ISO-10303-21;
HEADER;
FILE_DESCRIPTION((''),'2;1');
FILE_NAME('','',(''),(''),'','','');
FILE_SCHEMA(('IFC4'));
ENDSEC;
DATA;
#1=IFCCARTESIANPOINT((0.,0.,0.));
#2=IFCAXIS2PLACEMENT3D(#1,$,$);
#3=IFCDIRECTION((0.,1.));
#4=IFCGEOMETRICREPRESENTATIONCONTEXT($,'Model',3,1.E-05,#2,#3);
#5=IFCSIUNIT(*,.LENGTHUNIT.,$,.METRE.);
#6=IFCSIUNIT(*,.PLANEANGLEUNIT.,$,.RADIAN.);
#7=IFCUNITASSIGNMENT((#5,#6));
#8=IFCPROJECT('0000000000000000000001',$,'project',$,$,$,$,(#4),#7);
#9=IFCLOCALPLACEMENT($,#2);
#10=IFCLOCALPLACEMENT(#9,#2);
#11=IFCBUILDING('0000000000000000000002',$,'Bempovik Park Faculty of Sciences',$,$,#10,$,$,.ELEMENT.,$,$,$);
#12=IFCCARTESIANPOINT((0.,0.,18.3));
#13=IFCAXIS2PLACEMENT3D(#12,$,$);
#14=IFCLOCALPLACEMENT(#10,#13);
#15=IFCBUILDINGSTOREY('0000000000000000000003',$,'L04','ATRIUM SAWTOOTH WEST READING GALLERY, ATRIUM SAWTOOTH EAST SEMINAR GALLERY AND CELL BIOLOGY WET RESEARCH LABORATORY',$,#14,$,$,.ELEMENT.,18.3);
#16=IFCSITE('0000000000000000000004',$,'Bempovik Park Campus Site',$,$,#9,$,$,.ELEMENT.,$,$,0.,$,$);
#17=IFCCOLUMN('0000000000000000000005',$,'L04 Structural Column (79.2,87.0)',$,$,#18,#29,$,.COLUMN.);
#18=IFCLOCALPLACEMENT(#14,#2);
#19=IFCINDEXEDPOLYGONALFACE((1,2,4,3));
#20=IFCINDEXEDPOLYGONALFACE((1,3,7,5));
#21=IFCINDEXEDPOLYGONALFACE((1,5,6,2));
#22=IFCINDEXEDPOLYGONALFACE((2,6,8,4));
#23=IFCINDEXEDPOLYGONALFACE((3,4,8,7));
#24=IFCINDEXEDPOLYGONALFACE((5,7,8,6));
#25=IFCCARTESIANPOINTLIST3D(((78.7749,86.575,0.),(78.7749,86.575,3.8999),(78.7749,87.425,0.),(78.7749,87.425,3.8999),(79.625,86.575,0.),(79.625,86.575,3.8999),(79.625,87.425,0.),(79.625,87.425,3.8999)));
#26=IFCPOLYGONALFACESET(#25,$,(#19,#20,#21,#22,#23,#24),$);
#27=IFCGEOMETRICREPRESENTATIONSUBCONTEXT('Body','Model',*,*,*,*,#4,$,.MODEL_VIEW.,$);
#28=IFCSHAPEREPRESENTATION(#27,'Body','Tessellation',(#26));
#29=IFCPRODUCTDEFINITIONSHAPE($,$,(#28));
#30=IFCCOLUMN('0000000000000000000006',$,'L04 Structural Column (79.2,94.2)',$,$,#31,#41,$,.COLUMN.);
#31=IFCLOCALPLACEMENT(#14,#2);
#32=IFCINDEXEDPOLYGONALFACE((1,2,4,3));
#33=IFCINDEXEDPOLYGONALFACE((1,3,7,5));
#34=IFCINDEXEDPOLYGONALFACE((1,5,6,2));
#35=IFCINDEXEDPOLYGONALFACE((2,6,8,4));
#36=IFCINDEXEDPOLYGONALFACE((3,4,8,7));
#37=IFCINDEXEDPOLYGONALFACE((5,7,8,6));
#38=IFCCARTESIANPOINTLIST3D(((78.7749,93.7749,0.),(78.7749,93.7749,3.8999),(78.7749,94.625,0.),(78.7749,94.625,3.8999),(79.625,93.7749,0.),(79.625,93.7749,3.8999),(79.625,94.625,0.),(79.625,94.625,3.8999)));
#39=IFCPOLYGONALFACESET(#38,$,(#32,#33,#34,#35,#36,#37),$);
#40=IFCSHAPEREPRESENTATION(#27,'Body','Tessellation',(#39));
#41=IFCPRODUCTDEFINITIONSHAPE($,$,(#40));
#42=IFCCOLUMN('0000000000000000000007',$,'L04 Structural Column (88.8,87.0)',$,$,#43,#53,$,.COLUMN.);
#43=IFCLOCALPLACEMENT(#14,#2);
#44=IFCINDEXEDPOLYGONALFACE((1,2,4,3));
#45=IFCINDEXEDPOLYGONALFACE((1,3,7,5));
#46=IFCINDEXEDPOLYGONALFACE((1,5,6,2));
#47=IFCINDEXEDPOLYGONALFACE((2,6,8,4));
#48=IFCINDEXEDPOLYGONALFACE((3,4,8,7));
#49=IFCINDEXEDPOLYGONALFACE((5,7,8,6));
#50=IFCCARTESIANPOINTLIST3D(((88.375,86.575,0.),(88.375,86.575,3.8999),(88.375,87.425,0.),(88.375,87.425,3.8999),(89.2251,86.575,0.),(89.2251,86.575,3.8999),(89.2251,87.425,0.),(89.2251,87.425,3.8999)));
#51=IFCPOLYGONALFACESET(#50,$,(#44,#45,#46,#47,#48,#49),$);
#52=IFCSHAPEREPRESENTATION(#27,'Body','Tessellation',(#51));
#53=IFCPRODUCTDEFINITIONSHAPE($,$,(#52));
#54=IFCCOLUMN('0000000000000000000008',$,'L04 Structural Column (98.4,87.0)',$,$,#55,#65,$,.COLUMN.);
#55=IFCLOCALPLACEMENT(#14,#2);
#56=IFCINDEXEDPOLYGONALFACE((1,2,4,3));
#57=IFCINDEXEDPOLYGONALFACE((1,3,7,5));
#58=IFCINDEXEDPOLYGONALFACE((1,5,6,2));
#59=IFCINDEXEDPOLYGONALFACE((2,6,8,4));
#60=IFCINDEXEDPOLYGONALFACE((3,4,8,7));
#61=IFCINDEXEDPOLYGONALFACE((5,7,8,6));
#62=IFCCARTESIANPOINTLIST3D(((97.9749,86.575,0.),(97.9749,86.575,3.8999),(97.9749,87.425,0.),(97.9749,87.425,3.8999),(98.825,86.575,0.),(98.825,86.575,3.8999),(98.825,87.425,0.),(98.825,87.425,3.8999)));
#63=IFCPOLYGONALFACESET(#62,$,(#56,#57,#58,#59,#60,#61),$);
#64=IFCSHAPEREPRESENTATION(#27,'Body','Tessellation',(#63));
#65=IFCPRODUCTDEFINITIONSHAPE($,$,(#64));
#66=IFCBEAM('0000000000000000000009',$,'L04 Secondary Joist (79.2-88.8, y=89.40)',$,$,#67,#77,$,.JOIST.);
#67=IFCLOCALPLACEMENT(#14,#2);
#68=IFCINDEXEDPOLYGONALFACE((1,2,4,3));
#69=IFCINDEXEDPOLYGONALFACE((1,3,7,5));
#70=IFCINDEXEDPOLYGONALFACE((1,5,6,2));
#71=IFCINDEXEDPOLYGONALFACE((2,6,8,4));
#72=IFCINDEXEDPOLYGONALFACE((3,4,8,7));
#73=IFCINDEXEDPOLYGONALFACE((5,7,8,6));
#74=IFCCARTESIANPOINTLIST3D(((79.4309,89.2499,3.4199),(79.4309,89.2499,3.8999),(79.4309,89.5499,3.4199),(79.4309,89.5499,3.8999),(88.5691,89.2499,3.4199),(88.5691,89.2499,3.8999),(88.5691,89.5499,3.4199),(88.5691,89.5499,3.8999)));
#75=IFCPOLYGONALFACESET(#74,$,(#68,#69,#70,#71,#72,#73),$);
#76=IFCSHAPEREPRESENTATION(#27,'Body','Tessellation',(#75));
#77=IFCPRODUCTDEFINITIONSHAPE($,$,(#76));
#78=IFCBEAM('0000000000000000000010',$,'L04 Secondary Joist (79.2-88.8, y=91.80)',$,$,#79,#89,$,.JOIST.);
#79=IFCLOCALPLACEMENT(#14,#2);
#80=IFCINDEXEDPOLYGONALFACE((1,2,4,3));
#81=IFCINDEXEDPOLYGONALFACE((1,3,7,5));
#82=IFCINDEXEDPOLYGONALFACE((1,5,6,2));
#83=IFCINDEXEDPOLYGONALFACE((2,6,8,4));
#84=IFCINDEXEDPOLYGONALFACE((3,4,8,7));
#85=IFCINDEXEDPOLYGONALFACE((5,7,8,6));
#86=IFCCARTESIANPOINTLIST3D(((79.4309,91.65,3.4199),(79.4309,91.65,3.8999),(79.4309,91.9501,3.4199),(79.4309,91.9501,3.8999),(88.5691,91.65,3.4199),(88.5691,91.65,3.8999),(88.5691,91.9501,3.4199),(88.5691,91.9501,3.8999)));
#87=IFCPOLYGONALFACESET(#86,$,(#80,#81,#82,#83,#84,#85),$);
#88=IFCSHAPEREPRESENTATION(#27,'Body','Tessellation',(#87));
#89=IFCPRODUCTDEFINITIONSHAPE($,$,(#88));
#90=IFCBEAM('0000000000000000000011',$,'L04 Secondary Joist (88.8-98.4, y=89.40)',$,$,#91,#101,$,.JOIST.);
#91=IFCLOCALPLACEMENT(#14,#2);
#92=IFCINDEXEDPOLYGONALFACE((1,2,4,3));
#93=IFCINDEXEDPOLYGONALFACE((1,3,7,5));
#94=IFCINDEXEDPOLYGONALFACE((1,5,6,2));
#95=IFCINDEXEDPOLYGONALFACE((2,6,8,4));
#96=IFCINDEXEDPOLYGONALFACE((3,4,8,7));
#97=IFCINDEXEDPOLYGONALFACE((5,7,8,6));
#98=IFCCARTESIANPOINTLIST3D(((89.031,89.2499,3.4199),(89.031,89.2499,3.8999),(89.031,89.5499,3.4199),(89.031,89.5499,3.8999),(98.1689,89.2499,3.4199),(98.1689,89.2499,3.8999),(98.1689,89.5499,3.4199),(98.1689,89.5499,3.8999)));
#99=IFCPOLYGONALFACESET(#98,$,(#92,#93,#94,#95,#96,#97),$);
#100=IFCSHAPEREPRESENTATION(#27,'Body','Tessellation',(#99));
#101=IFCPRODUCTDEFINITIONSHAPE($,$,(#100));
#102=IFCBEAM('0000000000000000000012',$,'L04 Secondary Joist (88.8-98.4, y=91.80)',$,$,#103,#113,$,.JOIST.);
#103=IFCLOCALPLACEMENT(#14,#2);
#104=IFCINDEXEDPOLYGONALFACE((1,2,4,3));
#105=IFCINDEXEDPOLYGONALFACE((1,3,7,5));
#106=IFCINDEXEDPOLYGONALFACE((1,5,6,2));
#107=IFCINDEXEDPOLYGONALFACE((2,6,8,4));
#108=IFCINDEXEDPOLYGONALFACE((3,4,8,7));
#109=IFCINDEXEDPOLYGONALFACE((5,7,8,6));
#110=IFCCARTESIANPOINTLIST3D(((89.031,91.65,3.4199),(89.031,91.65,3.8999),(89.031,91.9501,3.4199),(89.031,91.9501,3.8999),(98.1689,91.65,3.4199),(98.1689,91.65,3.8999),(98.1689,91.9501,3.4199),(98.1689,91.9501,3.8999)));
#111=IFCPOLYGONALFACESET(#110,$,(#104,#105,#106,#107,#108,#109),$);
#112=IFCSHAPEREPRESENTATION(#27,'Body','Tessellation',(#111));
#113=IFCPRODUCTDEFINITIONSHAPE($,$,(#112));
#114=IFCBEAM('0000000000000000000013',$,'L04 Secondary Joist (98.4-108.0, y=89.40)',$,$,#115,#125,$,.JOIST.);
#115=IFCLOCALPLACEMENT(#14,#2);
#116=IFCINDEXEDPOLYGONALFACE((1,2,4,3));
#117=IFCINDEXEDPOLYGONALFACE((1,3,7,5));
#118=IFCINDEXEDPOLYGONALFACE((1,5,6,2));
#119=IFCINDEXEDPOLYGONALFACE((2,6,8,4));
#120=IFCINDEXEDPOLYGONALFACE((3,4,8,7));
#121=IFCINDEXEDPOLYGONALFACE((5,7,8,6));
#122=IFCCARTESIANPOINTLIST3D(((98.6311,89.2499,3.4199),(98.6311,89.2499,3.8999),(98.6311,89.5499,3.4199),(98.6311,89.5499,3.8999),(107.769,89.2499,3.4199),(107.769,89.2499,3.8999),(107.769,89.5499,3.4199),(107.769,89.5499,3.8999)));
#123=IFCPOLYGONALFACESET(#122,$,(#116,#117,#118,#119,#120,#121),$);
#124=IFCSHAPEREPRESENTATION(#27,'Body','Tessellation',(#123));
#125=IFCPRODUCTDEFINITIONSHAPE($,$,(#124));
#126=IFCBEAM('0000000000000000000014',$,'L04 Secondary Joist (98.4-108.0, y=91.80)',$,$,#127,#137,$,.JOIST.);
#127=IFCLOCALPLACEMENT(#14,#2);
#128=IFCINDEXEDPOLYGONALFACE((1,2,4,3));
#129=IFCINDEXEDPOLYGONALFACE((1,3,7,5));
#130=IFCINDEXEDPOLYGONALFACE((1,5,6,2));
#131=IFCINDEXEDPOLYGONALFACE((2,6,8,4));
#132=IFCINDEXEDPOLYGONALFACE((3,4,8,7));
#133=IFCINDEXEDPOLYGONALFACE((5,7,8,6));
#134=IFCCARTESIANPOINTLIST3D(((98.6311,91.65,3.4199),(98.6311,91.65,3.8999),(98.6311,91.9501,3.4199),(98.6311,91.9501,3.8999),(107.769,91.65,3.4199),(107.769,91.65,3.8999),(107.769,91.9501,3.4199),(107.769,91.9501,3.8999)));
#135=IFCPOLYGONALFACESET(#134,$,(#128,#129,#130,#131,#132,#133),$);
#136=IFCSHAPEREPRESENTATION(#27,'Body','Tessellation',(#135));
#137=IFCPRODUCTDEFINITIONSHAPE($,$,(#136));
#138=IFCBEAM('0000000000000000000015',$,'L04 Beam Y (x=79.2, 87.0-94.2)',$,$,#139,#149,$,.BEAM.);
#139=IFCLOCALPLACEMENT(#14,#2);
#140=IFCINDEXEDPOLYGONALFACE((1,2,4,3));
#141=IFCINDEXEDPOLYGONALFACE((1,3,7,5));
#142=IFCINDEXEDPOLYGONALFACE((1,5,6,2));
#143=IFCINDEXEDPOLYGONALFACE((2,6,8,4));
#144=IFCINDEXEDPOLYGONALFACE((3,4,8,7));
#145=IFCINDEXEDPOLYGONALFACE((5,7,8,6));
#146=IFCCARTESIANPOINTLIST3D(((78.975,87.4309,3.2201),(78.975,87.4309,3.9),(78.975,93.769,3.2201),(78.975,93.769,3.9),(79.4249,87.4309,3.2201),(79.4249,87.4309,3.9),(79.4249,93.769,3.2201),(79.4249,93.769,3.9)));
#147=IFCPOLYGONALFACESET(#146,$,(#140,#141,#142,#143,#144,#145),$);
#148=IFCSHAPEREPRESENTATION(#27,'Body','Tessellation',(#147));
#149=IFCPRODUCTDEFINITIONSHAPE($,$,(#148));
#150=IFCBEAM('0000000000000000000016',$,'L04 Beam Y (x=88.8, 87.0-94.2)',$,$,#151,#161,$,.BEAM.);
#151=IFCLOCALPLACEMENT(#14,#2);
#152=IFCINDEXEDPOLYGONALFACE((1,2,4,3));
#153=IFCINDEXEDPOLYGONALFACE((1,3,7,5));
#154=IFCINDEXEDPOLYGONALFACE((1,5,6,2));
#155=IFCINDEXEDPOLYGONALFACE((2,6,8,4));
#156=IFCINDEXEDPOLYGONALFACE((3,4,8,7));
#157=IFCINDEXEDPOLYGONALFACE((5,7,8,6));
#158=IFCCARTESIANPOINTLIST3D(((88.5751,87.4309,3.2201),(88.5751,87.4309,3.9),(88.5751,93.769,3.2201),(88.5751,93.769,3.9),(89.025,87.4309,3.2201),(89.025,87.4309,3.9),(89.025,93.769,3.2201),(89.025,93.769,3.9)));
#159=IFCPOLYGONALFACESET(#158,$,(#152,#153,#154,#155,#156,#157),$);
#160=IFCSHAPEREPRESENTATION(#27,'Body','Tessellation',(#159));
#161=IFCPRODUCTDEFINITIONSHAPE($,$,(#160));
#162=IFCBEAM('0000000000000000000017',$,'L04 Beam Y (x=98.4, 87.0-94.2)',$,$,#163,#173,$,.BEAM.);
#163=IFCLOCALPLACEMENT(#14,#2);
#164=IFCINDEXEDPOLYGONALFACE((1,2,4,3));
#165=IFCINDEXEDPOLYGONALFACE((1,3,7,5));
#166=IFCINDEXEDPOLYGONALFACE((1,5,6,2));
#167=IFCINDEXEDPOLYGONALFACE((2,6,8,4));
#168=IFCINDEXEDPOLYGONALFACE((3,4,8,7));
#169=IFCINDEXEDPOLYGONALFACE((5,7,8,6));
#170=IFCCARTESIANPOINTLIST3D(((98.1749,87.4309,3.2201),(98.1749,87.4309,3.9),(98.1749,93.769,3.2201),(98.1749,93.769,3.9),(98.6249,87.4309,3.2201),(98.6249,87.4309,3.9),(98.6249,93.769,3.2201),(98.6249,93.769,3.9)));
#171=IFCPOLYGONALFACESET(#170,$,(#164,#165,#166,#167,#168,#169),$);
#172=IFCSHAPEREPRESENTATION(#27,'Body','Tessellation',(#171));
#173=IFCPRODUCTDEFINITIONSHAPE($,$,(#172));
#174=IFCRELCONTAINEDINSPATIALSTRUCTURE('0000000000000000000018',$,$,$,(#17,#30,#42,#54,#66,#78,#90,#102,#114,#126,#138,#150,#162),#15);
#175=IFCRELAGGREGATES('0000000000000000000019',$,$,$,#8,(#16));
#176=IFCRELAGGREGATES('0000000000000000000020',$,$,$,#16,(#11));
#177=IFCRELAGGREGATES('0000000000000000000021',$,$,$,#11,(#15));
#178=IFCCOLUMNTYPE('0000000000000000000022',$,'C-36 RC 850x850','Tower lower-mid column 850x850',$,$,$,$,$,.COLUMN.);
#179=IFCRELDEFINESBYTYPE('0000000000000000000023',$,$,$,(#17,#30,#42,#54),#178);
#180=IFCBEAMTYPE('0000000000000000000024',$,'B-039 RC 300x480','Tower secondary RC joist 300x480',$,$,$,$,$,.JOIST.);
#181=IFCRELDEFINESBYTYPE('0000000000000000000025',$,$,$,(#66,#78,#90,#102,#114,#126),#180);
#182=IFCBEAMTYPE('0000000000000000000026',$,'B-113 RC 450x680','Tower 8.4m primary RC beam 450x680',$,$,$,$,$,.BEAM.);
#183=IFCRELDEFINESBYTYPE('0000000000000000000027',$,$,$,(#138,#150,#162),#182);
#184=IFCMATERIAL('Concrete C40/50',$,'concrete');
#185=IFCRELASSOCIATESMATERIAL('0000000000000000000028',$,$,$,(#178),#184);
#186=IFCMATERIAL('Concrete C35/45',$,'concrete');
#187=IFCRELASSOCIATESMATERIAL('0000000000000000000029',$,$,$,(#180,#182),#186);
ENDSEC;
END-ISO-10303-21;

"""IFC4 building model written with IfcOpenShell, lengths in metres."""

from ifc_helpers import new_model, si_unit, direction, frame, origin, origin_2d, place, context, subcontext, project, spatial, rectangle, extrude, material, material_profile, profile_set, type_object, element, save


model = new_model("IFC4")

# Units and contexts
model_context = context("Model", 3, precision=1e-05, world=origin(), true_north=direction((0.0, 1.0)))
body_context = subcontext(model_context, "Body", "Model", "MODEL_VIEW")
ifc_project = project(units=[si_unit("LENGTHUNIT", "METRE"), si_unit("PLANEANGLEUNIT", "RADIAN")], contexts=[model_context])

# Site, building, storey
site_placement = place(None, origin())
site = spatial("IfcSite", under=ifc_project, at=site_placement, Name="Bempovik Park Campus Site", CompositionType="ELEMENT", RefElevation=0.0)
building_placement = place(site_placement, origin())
building = spatial("IfcBuilding", under=site, at=building_placement, Name="Bempovik Park Faculty of Sciences", CompositionType="ELEMENT")
storey_placement = place(building_placement, frame((0.0, 0.0, 18.3)))
storey = spatial("IfcBuildingStorey", under=building, at=storey_placement, Name="L04", Description="ATRIUM SAWTOOTH WEST READING GALLERY, ATRIUM SAWTOOTH EAST SEMINAR GALLERY AND CELL BIOLOGY WET RESEARCH LABORATORY", CompositionType="ELEMENT", Elevation=18.3)

# Columns
ifc_material_1 = material(Name="Concrete C40/50", Category="concrete")
ifc_material_profile_1 = material_profile(ifc_material_1, rectangle(XDim=0.8501, YDim=0.8501, at=origin_2d()), Name="RC 850x850")
ifc_profile_set_1 = profile_set([ifc_material_profile_1], Name="Concrete C40/50")
column_type = type_object("IfcColumnType", Name="C-36 RC 850x850", Description="Tower lower-mid column 850x850", PredefinedType="COLUMN", material=ifc_profile_set_1)
for number, where, z_axis, x_axis, name in (
    (1, (79.2, 87.0, 0.0), (0.0, 0.0, 1.0), (1.0, 0.0, 0.0), "L04 Structural Column (79.2,87.0)"),
    (2, (79.2, 94.2, 0.0), (0.0, 0.0, 1.0), (1.0, 0.0, 0.0), "L04 Structural Column (79.2,94.2)"),
    (3, (88.8, 87.0, 0.0), (0.0, 0.0, 1.0), (1.0, 0.0, 0.0), "L04 Structural Column (88.8,87.0)"),
    (4, (98.3999, 87.0, 0.0), (0.0, 0.0, 1.0), (1.0, 0.0, 0.0), "L04 Structural Column (98.4,87.0)"),
):
    element("IfcColumn", number, at=place(storey_placement, frame(where, z_axis=z_axis, x_axis=x_axis)), inside=storey, type_object=column_type, Name=name, PredefinedType="COLUMN", context=body_context, shape_type="SweptSolid", body=[
        extrude(rectangle(XDim=0.8501, YDim=0.8501, at=origin_2d()), origin(), (0.0, 0.0, 1.0), 3.8999),
    ])

# Beams
ifc_material_2 = material(Name="Concrete C35/45", Category="concrete")
ifc_material_profile_2 = material_profile(ifc_material_2, rectangle(XDim=0.3, YDim=0.48, at=origin_2d()), Name="RC 300x480")
ifc_profile_set_2 = profile_set([ifc_material_profile_2], Name="Concrete C35/45")
beam_type_1 = type_object("IfcBeamType", Name="B-039 RC 300x480", Description="Tower secondary RC joist 300x480", PredefinedType="JOIST", material=ifc_profile_set_2)
for number, where, z_axis, x_axis, name in (
    (5, (79.4309, 89.3999, 3.6599), (1.0, 0.0, 0.0), (0.0, 1.0, 0.0), "L04 Secondary Joist (79.2-88.8, y=89.40)"),
    (6, (79.4309, 91.8, 3.6599), (1.0, 0.0, 0.0), (0.0, 1.0, 0.0), "L04 Secondary Joist (79.2-88.8, y=91.80)"),
):
    element("IfcBeam", number, at=place(storey_placement, frame(where, z_axis=z_axis, x_axis=x_axis)), inside=storey, type_object=beam_type_1, Name=name, PredefinedType="JOIST", context=body_context, shape_type="SweptSolid", body=[
        extrude(rectangle(XDim=0.3, YDim=0.48, at=origin_2d()), origin(), (0.0, 0.0, 1.0), 9.1382),
    ])
for number, where, z_axis, x_axis, name in (
    (7, (89.031, 89.3999, 3.6599), (1.0, 0.0, 0.0), (0.0, 1.0, 0.0), "L04 Secondary Joist (88.8-98.4, y=89.40)"),
    (8, (89.031, 91.8, 3.6599), (1.0, 0.0, 0.0), (0.0, 1.0, 0.0), "L04 Secondary Joist (88.8-98.4, y=91.80)"),
    (9, (98.6311, 89.3999, 3.6599), (1.0, 0.0, 0.0), (0.0, 1.0, 0.0), "L04 Secondary Joist (98.4-108.0, y=89.40)"),
    (10, (98.6311, 91.8, 3.6599), (1.0, 0.0, 0.0), (0.0, 1.0, 0.0), "L04 Secondary Joist (98.4-108.0, y=91.80)"),
):
    element("IfcBeam", number, at=place(storey_placement, frame(where, z_axis=z_axis, x_axis=x_axis)), inside=storey, type_object=beam_type_1, Name=name, PredefinedType="JOIST", context=body_context, shape_type="SweptSolid", body=[
        extrude(rectangle(XDim=0.3, YDim=0.48, at=origin_2d()), origin(), (0.0, 0.0, 1.0), 9.1379),
    ])
ifc_material_profile_3 = material_profile(ifc_material_2, rectangle(XDim=0.45, YDim=0.6799, at=origin_2d()), Name="RC 450x680")
ifc_profile_set_3 = profile_set([ifc_material_profile_3], Name="Concrete C35/45")
beam_type_2 = type_object("IfcBeamType", Name="B-113 RC 450x680", Description="Tower 8.4m primary RC beam 450x680", PredefinedType="BEAM", material=ifc_profile_set_3)
for number, where, z_axis, x_axis, name in (
    (11, (79.2, 87.4309, 3.5601), (0.0, 1.0, 0.0), (-1.0, 0.0, 0.0), "L04 Beam Y (x=79.2, 87.0-94.2)"),
    (12, (88.8, 87.4309, 3.5601), (0.0, 1.0, 0.0), (-1.0, 0.0, 0.0), "L04 Beam Y (x=88.8, 87.0-94.2)"),
    (13, (98.3999, 87.4309, 3.5601), (0.0, 1.0, 0.0), (-1.0, 0.0, 0.0), "L04 Beam Y (x=98.4, 87.0-94.2)"),
):
    element("IfcBeam", number, at=place(storey_placement, frame(where, z_axis=z_axis, x_axis=x_axis)), inside=storey, type_object=beam_type_2, Name=name, PredefinedType="BEAM", context=body_context, shape_type="SweptSolid", body=[
        extrude(rectangle(XDim=0.45, YDim=0.6799, at=origin_2d()), origin(), (0.0, 0.0, 1.0), 6.3381),
    ])

save(model, "model.ifc")
